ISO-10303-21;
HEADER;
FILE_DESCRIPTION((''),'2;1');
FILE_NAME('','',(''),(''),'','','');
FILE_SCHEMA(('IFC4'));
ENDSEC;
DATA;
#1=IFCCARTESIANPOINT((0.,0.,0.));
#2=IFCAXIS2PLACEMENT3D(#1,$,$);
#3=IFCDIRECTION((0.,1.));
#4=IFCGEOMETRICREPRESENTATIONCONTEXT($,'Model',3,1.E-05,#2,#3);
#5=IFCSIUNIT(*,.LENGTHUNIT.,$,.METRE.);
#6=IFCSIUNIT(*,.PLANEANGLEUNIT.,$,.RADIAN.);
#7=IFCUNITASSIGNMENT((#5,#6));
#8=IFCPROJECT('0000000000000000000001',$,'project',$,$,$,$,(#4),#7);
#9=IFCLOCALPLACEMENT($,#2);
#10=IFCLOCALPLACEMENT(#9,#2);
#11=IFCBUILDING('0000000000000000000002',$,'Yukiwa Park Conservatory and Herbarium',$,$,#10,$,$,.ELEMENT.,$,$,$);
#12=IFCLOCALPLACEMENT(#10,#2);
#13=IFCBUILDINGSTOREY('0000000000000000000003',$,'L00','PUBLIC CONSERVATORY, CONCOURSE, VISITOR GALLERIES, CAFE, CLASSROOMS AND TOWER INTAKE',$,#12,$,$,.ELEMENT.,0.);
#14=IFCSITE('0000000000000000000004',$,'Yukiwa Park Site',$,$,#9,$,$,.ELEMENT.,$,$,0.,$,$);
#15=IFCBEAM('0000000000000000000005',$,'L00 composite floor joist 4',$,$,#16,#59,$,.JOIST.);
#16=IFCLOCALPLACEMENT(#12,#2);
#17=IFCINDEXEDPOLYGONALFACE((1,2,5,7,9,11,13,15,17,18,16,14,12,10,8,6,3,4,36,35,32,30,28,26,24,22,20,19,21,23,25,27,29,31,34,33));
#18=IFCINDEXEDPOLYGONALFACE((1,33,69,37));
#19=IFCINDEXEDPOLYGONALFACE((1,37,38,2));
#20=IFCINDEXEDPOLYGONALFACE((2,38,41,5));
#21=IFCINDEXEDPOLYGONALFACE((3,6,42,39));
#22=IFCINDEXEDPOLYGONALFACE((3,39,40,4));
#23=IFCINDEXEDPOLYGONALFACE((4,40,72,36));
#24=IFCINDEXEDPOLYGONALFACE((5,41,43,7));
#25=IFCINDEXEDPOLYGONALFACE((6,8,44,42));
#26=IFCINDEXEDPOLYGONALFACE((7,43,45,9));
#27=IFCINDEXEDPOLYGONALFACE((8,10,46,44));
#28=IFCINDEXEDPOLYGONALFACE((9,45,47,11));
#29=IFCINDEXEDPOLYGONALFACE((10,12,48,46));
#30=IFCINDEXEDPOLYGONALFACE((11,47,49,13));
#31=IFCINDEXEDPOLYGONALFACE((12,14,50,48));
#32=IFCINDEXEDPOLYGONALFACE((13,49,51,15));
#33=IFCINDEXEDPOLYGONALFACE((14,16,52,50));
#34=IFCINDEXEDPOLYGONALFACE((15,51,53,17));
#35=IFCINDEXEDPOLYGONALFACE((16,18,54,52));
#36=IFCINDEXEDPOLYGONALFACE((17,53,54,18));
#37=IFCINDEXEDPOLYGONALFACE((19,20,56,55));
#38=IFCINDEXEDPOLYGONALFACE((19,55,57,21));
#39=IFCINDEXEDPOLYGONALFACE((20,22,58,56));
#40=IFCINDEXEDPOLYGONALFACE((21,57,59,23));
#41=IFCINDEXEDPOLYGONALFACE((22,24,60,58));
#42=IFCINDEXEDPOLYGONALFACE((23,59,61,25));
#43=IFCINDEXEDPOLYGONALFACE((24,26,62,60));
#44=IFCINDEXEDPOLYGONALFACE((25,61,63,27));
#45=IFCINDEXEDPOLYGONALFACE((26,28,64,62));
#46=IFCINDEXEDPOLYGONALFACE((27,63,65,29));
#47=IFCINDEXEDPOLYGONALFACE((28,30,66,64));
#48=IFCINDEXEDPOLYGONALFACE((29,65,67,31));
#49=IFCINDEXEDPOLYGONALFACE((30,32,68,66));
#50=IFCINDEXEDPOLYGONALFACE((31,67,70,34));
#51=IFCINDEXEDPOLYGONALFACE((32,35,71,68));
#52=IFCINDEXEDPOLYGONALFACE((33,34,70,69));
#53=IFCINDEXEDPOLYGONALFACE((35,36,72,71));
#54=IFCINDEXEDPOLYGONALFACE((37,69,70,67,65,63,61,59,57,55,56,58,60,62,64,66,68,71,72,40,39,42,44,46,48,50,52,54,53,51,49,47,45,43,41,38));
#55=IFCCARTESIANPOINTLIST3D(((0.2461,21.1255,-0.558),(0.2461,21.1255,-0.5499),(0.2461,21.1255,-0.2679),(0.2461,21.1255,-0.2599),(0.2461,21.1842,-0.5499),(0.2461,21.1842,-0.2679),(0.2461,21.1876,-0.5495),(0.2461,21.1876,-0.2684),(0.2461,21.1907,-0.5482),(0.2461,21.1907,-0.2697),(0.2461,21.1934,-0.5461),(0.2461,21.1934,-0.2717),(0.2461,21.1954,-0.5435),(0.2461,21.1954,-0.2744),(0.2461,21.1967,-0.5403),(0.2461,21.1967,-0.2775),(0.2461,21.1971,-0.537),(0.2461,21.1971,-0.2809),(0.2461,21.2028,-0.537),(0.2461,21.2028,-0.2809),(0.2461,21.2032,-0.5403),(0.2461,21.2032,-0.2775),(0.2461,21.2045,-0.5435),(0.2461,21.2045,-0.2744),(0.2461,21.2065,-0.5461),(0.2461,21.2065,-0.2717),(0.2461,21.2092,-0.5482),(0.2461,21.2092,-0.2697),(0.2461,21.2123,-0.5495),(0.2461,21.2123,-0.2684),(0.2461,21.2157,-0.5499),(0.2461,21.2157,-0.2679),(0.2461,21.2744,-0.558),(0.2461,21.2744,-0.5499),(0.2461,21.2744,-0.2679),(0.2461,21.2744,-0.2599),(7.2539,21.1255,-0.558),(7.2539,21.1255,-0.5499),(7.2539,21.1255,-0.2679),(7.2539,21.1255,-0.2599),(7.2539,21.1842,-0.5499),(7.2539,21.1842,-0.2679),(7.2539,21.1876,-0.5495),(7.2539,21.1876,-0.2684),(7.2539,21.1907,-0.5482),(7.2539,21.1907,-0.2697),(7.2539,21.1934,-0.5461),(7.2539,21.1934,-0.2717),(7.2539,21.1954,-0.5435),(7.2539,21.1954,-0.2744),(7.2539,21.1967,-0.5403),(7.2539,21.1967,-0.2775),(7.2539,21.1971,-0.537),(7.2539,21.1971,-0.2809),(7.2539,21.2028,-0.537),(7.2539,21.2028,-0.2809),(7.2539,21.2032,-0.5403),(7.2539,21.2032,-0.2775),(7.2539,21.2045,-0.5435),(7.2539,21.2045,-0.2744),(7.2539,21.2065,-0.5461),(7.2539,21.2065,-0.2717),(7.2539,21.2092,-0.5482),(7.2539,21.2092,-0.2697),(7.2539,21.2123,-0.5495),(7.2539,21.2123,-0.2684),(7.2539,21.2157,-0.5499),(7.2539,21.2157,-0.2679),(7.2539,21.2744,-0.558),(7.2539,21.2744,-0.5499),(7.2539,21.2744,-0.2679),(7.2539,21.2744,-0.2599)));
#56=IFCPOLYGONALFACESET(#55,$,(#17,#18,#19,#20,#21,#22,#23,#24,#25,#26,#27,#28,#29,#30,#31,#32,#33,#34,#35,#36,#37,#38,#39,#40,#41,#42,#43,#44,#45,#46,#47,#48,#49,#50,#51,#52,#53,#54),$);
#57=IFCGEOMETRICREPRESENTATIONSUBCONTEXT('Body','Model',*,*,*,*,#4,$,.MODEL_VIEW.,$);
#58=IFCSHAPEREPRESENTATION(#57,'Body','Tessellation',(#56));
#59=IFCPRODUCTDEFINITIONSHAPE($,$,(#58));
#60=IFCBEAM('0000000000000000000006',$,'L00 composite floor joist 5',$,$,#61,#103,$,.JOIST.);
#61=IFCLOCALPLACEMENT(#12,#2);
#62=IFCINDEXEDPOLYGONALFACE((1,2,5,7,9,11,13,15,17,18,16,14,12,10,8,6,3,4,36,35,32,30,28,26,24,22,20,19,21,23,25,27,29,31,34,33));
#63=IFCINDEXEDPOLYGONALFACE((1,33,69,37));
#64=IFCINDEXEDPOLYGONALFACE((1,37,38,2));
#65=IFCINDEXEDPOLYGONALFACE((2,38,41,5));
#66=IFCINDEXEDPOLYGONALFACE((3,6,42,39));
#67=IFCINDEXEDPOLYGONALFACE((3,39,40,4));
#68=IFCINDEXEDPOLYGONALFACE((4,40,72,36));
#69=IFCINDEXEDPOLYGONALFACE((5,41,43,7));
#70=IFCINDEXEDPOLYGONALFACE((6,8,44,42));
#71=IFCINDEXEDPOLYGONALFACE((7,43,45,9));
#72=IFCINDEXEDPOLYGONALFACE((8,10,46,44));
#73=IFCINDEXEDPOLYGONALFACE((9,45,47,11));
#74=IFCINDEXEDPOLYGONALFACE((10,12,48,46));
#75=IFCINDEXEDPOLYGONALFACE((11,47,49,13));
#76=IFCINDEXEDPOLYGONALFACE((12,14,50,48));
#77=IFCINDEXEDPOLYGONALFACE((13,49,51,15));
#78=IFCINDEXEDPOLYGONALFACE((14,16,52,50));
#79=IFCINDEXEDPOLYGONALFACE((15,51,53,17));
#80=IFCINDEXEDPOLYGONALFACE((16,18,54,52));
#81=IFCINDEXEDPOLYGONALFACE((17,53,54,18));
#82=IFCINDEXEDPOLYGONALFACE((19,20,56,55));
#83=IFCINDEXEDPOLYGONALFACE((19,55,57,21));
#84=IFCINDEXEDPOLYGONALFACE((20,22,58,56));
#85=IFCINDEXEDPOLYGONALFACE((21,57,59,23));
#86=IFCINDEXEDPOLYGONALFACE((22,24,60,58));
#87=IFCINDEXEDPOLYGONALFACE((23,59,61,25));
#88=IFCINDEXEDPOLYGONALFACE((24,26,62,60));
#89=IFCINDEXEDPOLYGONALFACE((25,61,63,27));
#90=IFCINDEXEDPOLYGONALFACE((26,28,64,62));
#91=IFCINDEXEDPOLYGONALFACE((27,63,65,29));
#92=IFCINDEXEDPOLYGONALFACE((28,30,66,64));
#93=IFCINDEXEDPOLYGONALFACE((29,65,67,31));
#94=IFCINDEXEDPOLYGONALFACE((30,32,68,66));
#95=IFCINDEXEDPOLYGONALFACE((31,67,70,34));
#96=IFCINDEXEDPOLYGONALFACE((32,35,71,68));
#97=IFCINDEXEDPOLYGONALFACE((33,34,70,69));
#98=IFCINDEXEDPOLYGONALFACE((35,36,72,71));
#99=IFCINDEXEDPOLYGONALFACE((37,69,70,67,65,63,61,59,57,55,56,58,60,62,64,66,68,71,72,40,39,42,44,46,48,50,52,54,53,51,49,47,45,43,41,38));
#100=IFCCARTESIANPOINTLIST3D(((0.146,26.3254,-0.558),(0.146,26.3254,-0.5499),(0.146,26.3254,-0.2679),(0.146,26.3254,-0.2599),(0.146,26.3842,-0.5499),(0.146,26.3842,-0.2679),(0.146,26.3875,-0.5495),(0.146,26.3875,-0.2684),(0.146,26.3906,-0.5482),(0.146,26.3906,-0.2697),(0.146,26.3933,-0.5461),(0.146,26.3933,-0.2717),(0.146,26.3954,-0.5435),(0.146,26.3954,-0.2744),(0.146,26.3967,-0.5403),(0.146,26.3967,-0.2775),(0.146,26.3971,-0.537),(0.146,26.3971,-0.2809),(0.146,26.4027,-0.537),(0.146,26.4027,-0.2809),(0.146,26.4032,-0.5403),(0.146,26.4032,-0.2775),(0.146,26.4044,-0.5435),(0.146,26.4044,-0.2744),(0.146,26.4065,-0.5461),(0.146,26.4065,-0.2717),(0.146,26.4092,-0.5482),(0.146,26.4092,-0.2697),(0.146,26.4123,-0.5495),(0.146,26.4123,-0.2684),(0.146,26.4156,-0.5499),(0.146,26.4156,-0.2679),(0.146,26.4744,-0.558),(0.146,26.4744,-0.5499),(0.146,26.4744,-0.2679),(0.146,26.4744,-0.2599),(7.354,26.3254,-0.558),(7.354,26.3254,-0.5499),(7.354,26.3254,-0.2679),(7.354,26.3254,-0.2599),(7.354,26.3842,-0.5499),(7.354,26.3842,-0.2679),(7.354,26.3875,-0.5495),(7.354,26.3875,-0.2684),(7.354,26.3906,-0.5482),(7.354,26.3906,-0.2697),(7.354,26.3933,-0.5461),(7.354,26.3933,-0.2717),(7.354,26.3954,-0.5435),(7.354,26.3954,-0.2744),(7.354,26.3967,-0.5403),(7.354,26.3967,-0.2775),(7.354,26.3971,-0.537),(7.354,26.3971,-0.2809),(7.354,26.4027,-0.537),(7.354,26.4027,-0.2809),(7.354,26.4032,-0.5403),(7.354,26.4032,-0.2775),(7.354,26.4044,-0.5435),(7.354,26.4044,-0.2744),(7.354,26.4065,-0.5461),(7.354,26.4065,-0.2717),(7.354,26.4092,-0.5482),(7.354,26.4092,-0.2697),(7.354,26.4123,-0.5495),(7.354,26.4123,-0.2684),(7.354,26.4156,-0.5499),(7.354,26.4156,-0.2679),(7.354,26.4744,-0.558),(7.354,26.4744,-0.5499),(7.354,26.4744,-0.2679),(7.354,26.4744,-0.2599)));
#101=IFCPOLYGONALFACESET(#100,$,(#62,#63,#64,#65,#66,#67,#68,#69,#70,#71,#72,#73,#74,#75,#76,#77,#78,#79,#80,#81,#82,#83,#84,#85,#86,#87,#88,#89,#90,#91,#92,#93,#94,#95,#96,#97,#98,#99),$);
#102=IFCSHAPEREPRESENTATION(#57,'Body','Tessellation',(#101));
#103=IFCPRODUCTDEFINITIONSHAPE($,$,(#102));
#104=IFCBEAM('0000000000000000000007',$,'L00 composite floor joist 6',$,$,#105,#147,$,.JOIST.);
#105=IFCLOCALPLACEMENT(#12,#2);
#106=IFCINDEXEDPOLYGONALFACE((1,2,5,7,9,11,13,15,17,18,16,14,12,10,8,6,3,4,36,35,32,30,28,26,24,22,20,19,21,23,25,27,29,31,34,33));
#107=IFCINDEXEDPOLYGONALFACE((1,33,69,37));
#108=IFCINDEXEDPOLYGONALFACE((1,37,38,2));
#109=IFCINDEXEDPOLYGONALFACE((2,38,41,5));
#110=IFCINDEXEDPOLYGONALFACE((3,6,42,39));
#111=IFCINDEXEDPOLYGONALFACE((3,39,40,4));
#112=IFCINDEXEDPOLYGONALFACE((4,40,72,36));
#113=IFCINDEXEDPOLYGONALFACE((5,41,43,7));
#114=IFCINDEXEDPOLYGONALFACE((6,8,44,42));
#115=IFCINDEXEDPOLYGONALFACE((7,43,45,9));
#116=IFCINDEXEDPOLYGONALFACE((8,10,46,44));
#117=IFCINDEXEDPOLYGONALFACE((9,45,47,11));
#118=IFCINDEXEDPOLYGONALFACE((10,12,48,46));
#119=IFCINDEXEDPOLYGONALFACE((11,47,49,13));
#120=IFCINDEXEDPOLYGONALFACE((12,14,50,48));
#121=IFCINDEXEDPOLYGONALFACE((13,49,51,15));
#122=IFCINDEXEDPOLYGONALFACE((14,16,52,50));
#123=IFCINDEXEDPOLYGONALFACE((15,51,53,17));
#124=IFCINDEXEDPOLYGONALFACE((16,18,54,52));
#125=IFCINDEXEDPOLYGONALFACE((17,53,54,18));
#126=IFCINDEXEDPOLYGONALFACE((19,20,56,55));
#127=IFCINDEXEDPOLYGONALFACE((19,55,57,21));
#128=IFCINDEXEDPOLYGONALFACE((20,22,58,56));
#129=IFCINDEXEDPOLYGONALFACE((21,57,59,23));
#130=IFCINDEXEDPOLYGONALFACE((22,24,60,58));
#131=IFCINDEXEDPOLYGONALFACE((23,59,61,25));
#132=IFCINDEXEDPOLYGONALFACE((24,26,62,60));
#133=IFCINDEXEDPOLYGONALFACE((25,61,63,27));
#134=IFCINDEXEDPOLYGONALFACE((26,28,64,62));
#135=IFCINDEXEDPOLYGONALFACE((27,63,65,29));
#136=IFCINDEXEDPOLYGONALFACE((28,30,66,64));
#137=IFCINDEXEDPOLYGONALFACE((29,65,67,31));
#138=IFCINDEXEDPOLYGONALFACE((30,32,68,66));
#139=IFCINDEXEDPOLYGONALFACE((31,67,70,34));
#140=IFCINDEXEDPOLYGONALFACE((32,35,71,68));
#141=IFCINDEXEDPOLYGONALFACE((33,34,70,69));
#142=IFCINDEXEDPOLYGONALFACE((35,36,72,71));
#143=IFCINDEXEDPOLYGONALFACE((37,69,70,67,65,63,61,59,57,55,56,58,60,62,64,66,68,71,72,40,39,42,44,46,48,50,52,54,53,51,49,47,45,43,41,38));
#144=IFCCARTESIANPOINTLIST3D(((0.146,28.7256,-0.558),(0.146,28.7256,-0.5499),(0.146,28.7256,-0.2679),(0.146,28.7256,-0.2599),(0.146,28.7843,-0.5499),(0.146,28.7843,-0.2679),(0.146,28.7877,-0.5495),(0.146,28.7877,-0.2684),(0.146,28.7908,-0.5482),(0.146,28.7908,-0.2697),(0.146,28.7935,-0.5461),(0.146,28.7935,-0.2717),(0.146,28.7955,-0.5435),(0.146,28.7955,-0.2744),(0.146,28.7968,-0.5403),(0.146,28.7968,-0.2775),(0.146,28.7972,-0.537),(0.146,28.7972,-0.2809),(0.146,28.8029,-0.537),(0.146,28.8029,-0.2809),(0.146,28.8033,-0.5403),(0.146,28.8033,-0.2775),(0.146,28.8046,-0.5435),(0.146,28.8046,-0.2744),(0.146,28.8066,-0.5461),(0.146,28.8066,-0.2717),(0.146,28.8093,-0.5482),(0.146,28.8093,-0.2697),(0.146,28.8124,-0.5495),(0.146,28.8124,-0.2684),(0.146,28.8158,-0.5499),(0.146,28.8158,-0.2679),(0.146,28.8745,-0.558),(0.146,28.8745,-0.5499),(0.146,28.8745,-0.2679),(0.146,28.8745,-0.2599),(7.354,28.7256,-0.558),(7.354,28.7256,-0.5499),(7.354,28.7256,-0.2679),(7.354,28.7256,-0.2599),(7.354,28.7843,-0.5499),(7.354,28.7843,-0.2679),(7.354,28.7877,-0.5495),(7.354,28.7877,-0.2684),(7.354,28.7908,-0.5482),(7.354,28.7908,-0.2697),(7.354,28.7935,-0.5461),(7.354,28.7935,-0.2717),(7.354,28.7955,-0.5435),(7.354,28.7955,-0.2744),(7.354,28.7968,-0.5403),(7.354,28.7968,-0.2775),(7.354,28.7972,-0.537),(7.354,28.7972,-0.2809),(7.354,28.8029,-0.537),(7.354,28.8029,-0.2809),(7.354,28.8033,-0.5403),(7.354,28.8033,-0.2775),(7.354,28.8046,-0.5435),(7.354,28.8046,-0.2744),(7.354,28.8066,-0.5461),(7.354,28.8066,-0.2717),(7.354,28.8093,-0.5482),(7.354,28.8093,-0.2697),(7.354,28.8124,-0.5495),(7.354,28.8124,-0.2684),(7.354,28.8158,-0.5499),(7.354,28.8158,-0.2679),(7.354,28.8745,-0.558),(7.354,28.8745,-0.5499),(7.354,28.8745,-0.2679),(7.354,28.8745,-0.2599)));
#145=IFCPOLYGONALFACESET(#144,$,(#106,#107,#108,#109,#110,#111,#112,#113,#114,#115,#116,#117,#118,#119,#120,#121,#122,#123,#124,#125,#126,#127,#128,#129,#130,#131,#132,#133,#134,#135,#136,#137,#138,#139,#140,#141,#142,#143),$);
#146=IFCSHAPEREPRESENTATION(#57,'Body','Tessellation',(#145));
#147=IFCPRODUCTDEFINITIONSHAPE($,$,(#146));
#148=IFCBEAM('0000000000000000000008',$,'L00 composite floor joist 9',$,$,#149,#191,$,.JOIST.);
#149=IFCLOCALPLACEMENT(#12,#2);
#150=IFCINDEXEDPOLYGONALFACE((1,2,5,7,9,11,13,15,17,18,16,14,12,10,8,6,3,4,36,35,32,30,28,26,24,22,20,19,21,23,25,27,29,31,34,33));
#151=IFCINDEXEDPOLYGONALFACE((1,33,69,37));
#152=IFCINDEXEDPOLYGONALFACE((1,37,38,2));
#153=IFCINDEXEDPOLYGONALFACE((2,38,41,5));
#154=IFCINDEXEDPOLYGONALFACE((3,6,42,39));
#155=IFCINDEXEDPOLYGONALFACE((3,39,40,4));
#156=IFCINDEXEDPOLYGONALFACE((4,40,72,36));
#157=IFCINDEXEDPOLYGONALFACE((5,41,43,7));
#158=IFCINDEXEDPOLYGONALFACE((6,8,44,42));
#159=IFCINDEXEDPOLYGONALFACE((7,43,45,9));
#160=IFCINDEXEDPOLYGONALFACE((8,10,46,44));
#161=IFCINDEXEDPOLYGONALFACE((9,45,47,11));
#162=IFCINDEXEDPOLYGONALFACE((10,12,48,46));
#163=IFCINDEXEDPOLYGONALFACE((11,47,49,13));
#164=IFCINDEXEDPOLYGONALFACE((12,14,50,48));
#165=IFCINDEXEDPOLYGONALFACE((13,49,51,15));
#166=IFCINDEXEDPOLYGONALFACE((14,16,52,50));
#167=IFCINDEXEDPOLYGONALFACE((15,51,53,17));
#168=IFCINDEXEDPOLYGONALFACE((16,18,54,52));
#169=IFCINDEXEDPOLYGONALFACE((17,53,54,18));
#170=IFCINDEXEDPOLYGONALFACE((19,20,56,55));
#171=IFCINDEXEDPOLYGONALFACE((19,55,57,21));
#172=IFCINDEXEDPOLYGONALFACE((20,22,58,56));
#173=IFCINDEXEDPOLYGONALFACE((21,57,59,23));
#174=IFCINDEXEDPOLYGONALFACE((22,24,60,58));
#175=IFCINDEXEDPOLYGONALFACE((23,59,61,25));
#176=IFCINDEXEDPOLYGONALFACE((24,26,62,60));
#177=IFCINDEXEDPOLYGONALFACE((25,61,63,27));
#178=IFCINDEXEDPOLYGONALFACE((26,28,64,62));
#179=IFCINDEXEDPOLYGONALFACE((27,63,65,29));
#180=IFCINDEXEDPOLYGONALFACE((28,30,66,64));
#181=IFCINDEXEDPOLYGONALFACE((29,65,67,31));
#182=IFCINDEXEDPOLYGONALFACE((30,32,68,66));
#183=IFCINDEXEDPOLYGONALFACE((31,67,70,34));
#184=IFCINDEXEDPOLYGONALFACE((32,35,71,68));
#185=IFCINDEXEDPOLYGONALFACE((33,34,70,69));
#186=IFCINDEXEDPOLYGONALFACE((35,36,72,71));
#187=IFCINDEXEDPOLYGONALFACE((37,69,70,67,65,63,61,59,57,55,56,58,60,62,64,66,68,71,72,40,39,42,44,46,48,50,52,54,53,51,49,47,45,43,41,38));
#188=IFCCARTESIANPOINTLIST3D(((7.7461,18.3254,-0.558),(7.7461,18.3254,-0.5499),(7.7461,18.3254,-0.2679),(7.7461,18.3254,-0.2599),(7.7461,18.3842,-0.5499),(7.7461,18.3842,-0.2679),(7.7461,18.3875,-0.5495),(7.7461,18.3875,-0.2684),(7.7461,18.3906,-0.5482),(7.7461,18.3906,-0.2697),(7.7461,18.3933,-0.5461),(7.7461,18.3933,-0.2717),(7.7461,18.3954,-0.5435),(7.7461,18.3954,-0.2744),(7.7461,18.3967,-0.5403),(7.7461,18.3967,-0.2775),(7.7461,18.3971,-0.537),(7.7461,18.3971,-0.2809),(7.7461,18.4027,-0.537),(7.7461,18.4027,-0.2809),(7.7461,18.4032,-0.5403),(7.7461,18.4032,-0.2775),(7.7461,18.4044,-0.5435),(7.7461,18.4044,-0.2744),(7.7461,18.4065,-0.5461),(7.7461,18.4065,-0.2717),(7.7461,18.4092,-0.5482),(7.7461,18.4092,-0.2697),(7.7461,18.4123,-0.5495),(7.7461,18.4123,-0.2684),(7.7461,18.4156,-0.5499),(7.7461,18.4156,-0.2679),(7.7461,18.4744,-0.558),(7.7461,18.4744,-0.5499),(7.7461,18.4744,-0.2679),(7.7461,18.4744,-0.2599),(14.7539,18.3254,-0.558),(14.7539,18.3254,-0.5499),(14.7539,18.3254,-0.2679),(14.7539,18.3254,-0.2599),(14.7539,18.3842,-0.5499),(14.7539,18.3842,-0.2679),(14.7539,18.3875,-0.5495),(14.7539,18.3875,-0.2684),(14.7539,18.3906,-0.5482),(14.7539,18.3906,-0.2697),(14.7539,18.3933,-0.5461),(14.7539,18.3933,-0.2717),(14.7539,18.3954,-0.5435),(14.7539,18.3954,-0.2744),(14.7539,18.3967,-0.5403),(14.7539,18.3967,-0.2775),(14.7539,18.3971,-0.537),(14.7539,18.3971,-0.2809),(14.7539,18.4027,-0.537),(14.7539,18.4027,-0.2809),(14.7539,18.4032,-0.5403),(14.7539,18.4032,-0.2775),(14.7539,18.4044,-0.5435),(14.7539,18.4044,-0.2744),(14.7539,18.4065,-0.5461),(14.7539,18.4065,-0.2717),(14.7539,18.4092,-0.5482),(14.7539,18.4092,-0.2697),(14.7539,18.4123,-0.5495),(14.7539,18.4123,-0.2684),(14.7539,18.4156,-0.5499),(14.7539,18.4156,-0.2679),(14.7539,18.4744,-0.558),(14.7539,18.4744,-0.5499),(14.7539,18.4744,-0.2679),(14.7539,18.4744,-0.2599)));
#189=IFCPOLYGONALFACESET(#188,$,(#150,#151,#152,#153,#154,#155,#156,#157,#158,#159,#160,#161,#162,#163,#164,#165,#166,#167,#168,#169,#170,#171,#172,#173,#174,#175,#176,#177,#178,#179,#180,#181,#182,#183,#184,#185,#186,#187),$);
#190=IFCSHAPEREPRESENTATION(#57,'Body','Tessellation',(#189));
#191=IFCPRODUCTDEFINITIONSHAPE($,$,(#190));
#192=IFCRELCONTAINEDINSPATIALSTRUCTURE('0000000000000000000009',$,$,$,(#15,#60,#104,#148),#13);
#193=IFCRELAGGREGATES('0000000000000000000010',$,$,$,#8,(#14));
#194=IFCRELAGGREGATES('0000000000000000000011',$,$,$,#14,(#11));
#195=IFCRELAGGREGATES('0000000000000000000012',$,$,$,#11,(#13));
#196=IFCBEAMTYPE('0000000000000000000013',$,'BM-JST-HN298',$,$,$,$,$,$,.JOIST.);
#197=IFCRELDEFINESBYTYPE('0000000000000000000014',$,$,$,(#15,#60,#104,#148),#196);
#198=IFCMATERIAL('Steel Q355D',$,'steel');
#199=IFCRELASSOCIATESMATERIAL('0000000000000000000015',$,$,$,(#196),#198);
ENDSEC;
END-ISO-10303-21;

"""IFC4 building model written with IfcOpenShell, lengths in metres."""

from ifc_helpers import new_model, si_unit, direction, frame, origin, origin_2d, place, context, subcontext, project, spatial, i_section, extrude, material, material_profile, profile_set, type_object, element, save


model = new_model("IFC4")

# Units and contexts
model_context = context("Model", 3, precision=1e-05, world=origin(), true_north=direction((0.0, 1.0)))
body_context = subcontext(model_context, "Body", "Model", "MODEL_VIEW")
ifc_project = project(units=[si_unit("LENGTHUNIT", "METRE"), si_unit("PLANEANGLEUNIT", "RADIAN")], contexts=[model_context])

# Site, building, storey
site_placement = place(None, origin())
site = spatial("IfcSite", under=ifc_project, at=site_placement, Name="Yukiwa Park Site", CompositionType="ELEMENT", RefElevation=0.0)
building_placement = place(site_placement, origin())
building = spatial("IfcBuilding", under=site, at=building_placement, Name="Yukiwa Park Conservatory and Herbarium", CompositionType="ELEMENT")
storey_placement = place(building_placement, origin())
storey = spatial("IfcBuildingStorey", under=building, at=storey_placement, Name="L00", Description="PUBLIC CONSERVATORY, CONCOURSE, VISITOR GALLERIES, CAFE, CLASSROOMS AND TOWER INTAKE", CompositionType="ELEMENT", Elevation=0.0)

# Beams
ifc_material_1 = material(Name="Steel Q355D", Category="steel")
ifc_material_profile_1 = material_profile(ifc_material_1, i_section(OverallWidth=0.1489, OverallDepth=0.2981, WebThickness=0.0056, FlangeThickness=0.0081, FilletRadius=0.0129, at=origin_2d()), Name="HN 298x149x5.5x8")
ifc_profile_set_1 = profile_set([ifc_material_profile_1], Name="Steel Q355D")
beam_type_1 = type_object("IfcBeamType", Name="BM-JST-HN298", PredefinedType="JOIST", material=ifc_profile_set_1)
for number, where, z_axis, x_axis, name in (
    (1, (0.2461, 21.2, -0.4089), (1.0, 0.0, 0.0), (0.0, 1.0, 0.0), "L00 composite floor joist 4"),
):
    element("IfcBeam", number, at=place(storey_placement, frame(where, z_axis=z_axis, x_axis=x_axis)), inside=storey, type_object=beam_type_1, Name=name, PredefinedType="JOIST", context=body_context, shape_type="SweptSolid", body=[
        extrude(i_section(OverallWidth=0.1489, OverallDepth=0.2981, WebThickness=0.0056, FlangeThickness=0.0081, FilletRadius=0.0129, at=origin_2d()), origin(), (0.0, 0.0, 1.0), 7.0078),
    ])
for number, where, z_axis, x_axis, name in (
    (2, (0.146, 26.3999, -0.4089), (1.0, 0.0, 0.0), (0.0, 1.0, 0.0), "L00 composite floor joist 5"),
    (3, (0.146, 28.8, -0.4089), (1.0, 0.0, 0.0), (0.0, 1.0, 0.0), "L00 composite floor joist 6"),
):
    element("IfcBeam", number, at=place(storey_placement, frame(where, z_axis=z_axis, x_axis=x_axis)), inside=storey, type_object=beam_type_1, Name=name, PredefinedType="JOIST", context=body_context, shape_type="SweptSolid", body=[
        extrude(i_section(OverallWidth=0.1489, OverallDepth=0.2981, WebThickness=0.0056, FlangeThickness=0.0081, FilletRadius=0.0129, at=origin_2d()), origin(), (0.0, 0.0, 1.0), 7.208),
    ])
for number, where, z_axis, x_axis, name in (
    (4, (7.7461, 18.3999, -0.4089), (1.0, 0.0, 0.0), (0.0, 1.0, 0.0), "L00 composite floor joist 9"),
):
    element("IfcBeam", number, at=place(storey_placement, frame(where, z_axis=z_axis, x_axis=x_axis)), inside=storey, type_object=beam_type_1, Name=name, PredefinedType="JOIST", context=body_context, shape_type="SweptSolid", body=[
        extrude(i_section(OverallWidth=0.1489, OverallDepth=0.2981, WebThickness=0.0056, FlangeThickness=0.0081, FilletRadius=0.0129, at=origin_2d()), origin(), (0.0, 0.0, 1.0), 7.0078),
    ])

save(model, "model.ifc")
